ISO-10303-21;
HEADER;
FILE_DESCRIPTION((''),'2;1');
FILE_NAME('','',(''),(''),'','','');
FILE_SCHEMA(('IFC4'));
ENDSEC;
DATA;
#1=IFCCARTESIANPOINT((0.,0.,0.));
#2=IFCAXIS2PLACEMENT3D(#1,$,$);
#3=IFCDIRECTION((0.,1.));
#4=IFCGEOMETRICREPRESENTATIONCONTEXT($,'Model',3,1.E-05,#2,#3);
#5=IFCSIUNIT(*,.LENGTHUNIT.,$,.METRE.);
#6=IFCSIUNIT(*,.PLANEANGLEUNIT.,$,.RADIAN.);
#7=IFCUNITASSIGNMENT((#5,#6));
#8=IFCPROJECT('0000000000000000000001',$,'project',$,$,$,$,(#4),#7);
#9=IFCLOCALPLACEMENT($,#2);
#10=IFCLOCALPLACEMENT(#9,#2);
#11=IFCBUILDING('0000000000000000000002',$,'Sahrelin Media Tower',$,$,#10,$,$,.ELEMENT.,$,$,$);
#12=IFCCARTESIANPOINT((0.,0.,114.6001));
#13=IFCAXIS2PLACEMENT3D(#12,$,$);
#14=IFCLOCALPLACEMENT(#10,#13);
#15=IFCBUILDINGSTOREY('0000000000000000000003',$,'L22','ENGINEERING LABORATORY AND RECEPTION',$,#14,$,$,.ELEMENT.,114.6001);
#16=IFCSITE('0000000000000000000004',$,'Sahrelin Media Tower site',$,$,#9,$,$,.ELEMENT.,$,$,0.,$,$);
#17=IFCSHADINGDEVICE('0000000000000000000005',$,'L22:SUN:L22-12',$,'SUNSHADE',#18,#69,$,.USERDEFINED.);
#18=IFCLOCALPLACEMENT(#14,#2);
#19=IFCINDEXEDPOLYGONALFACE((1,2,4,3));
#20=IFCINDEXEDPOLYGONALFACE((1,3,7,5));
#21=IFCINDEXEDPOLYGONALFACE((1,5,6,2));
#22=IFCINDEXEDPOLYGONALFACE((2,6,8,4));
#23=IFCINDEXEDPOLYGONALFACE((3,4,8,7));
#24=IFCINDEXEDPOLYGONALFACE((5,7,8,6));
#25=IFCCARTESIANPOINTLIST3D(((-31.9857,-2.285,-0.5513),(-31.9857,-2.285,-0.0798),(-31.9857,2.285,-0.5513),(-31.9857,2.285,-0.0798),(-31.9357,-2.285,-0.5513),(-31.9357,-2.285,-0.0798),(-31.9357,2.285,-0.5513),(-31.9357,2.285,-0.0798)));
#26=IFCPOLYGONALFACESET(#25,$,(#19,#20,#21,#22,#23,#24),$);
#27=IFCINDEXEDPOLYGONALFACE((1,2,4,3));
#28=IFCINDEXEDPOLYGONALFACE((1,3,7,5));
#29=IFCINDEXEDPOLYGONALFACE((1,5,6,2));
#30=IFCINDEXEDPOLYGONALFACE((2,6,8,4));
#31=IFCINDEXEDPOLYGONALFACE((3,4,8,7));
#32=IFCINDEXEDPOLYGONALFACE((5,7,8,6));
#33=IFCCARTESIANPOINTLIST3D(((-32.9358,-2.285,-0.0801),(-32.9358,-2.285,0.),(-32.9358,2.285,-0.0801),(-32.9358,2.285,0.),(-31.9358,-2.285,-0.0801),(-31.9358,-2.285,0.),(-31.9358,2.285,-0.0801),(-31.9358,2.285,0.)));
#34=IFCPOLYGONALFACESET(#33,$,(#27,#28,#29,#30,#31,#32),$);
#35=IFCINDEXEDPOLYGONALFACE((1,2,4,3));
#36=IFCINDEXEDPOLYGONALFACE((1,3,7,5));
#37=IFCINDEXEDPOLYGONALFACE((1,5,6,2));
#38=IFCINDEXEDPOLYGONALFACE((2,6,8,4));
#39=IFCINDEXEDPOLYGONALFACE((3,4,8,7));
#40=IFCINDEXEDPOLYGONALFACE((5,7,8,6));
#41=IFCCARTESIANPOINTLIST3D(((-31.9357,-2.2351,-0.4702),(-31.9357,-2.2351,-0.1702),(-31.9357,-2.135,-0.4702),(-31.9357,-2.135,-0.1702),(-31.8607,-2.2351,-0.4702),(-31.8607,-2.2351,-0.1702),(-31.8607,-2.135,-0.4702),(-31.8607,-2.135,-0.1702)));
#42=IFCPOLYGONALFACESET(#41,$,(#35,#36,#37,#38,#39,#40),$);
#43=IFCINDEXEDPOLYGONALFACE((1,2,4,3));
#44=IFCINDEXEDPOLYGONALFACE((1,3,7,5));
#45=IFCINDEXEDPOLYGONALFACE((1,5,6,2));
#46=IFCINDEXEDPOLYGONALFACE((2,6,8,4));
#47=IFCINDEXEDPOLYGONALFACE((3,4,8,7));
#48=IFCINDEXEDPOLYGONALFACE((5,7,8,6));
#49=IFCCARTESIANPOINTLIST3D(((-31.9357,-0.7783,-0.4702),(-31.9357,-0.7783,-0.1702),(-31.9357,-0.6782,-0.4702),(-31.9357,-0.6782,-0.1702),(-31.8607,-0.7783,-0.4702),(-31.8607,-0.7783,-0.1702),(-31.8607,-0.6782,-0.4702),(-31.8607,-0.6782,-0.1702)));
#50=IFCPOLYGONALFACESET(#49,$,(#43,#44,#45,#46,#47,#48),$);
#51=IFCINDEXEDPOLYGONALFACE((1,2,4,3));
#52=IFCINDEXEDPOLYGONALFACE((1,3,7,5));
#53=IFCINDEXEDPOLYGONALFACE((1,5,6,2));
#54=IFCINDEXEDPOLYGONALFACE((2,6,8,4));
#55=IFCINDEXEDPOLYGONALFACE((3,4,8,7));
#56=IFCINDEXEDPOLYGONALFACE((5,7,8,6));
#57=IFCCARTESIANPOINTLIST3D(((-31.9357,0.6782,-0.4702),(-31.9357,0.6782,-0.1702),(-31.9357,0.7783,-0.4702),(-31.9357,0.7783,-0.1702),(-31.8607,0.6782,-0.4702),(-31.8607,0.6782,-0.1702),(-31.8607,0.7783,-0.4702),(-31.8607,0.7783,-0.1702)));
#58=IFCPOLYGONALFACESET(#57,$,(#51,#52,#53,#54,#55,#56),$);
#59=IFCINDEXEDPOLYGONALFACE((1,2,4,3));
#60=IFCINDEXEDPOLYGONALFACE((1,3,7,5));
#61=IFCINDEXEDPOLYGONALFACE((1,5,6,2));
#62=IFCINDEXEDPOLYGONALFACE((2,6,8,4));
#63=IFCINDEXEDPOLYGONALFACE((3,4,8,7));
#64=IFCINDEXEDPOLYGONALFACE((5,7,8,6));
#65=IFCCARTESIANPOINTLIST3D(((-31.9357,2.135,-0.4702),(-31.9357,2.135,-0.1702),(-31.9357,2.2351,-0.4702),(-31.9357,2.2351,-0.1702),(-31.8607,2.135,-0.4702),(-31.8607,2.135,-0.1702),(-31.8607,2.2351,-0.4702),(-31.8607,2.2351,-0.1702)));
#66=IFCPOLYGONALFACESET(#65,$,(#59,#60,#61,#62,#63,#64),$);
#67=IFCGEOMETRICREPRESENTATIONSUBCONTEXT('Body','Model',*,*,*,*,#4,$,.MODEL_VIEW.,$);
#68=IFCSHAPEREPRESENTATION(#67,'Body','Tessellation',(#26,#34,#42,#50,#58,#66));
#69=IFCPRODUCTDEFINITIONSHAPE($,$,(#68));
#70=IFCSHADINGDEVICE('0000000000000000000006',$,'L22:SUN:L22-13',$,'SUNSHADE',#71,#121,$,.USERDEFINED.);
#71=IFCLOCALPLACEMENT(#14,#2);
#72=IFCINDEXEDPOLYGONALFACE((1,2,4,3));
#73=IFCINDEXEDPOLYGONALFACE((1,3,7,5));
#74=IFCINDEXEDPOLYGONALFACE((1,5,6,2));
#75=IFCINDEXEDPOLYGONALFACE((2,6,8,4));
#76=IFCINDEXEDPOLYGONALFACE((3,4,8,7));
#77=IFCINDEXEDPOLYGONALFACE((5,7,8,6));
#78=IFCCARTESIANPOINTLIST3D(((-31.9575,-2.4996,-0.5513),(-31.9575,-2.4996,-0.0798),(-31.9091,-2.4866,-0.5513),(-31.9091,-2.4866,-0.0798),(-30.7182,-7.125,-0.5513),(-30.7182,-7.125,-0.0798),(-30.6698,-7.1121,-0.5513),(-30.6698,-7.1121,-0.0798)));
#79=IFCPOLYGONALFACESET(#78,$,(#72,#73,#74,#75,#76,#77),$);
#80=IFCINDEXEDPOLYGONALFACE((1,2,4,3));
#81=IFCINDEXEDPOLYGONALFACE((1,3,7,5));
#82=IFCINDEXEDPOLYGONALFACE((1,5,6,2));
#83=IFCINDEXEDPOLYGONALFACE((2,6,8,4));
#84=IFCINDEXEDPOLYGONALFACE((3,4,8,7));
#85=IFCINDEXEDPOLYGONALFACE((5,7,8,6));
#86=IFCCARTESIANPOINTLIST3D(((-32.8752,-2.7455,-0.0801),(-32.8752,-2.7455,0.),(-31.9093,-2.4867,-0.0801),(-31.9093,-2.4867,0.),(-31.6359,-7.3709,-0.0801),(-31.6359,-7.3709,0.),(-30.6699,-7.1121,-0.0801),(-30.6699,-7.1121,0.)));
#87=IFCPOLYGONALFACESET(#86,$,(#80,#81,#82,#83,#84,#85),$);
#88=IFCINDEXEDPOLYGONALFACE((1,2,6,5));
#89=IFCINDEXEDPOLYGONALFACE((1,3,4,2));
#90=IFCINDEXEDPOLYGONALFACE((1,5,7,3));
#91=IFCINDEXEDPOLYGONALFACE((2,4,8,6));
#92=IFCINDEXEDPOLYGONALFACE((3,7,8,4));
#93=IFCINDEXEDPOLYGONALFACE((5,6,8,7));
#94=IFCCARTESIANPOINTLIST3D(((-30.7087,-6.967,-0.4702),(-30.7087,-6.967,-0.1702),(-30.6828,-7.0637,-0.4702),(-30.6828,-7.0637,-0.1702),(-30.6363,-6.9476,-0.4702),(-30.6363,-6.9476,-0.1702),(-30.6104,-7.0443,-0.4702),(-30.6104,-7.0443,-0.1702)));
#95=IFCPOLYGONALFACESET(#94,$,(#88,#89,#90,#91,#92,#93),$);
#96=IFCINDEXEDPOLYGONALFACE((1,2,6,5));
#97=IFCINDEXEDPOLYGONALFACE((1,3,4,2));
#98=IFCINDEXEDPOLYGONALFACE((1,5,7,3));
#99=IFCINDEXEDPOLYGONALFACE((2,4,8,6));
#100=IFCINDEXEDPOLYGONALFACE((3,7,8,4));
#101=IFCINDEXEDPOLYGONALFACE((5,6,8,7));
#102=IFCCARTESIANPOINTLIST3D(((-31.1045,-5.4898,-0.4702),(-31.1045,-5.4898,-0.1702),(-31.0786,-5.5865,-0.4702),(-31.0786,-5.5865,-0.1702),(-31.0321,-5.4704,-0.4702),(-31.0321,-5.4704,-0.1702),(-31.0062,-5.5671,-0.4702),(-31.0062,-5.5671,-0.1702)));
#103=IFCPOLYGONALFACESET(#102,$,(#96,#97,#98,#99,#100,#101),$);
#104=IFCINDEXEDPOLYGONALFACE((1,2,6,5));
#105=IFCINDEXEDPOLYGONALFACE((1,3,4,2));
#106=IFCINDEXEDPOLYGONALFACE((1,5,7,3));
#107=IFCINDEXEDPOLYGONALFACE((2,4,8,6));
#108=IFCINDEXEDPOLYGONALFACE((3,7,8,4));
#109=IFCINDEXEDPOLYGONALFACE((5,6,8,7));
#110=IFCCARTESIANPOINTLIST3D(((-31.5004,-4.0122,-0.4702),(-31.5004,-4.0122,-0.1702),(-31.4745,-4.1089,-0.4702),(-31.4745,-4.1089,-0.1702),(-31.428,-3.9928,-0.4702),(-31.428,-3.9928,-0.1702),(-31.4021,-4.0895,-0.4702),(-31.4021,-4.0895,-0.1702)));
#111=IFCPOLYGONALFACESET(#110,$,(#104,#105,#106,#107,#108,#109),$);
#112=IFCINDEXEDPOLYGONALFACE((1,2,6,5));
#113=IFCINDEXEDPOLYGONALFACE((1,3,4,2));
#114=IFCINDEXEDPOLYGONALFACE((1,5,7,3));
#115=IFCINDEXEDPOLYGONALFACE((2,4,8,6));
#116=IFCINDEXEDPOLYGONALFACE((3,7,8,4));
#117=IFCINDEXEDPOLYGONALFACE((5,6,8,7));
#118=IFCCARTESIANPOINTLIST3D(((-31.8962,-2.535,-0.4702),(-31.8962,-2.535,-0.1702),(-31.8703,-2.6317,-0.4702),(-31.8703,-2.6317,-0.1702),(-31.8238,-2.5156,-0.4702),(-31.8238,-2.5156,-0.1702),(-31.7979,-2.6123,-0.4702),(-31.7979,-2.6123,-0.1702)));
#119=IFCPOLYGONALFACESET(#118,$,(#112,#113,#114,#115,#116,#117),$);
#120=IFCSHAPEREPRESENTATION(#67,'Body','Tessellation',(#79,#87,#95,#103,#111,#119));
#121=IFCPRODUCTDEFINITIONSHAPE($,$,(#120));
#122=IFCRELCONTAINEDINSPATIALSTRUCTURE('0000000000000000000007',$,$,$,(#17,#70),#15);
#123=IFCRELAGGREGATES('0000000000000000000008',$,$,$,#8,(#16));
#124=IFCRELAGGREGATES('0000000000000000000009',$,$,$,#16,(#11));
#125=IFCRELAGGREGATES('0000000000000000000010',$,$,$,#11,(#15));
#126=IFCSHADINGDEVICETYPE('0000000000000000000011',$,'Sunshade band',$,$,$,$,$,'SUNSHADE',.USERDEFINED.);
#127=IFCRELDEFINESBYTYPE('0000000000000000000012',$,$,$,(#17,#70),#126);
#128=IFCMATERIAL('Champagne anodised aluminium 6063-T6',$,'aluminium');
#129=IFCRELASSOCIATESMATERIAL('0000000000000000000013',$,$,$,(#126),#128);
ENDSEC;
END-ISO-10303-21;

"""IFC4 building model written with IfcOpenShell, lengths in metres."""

from ifc_helpers import new_model, si_unit, direction, frame, origin, origin_2d, place, context, subcontext, project, spatial, rectangle, extrude, material, type_object, element, save


model = new_model("IFC4")

# Units and contexts
model_context = context("Model", 3, precision=1e-05, world=origin(), true_north=direction((0.0, 1.0)))
body_context = subcontext(model_context, "Body", "Model", "MODEL_VIEW")
ifc_project = project(units=[si_unit("LENGTHUNIT", "METRE"), si_unit("PLANEANGLEUNIT", "RADIAN")], contexts=[model_context])

# Site, building, storey
site_placement = place(None, origin())
site = spatial("IfcSite", under=ifc_project, at=site_placement, Name="Sahrelin Media Tower site", CompositionType="ELEMENT", RefElevation=0.0)
building_placement = place(site_placement, origin())
building = spatial("IfcBuilding", under=site, at=building_placement, Name="Sahrelin Media Tower", CompositionType="ELEMENT")
storey_placement = place(building_placement, frame((0.0, 0.0, 114.6001)))
storey = spatial("IfcBuildingStorey", under=building, at=storey_placement, Name="L22", Description="ENGINEERING LABORATORY AND RECEPTION", CompositionType="ELEMENT", Elevation=114.6001)

# Shared definitions
ifc_material_1 = material(Name="Champagne anodised aluminium 6063-T6", Category="aluminium")

# Shading devices
placement_1 = place(storey_placement, frame((-31.9158, 0.0, 0.0), z_axis=(0.0, 0.0, 1.0), x_axis=(0.0, 1.0, 0.0)))
placement_2 = place(storey_placement, frame((-31.2703, -4.7942, 0.0), z_axis=(0.0, 0.0, 1.0), x_axis=(-0.258808, 0.965929, 0.0)))
shading_device_type_1 = type_object("IfcShadingDeviceType", Name="Sunshade band", ElementType="SUNSHADE", PredefinedType="USERDEFINED", material=ifc_material_1)
element("IfcShadingDevice", 1, at=placement_1, inside=storey, type_object=shading_device_type_1, Name="L22:SUN:L22-12", ObjectType="SUNSHADE", PredefinedType="USERDEFINED", context=body_context, shape_type="SweptSolid", body=[
    extrude(rectangle(XDim=4.5701, YDim=0.05, at=origin_2d()), frame((0.0, 0.0449, -0.5513)), (0.0, 0.0, 1.0), 0.4714),
    extrude(rectangle(XDim=4.5701, YDim=1.0, at=origin_2d()), frame((0.0, 0.52, -0.0801)), (0.0, 0.0, 1.0), 0.0801),
    extrude(rectangle(XDim=0.1001, YDim=0.075, at=origin_2d()), frame((-2.1851, -0.0176, -0.4702)), (0.0, 0.0, 1.0), 0.3),
    extrude(rectangle(XDim=0.1001, YDim=0.075, at=origin_2d()), frame((-0.7283, -0.0176, -0.4702)), (0.0, 0.0, 1.0), 0.3),
    extrude(rectangle(XDim=0.1001, YDim=0.075, at=origin_2d()), frame((0.7283, -0.0176, -0.4702)), (0.0, 0.0, 1.0), 0.3),
    extrude(rectangle(XDim=0.1001, YDim=0.075, at=origin_2d()), frame((2.1851, -0.0176, -0.4702)), (0.0, 0.0, 1.0), 0.3),
])
element("IfcShadingDevice", 2, at=placement_2, inside=storey, type_object=shading_device_type_1, Name="L22:SUN:L22-13", ObjectType="SUNSHADE", PredefinedType="USERDEFINED", context=body_context, shape_type="SweptSolid", body=[
    extrude(rectangle(XDim=4.7886, YDim=0.05, at=origin_2d()), frame((0.0, 0.0449, -0.5513)), (0.0, 0.0, 1.0), 0.4714),
    extrude(rectangle(XDim=4.7886, YDim=1.0, at=origin_2d()), frame((0.0, 0.52, -0.0801)), (0.0, 0.0, 1.0), 0.0801),
    extrude(rectangle(XDim=0.1001, YDim=0.075, at=origin_2d()), frame((-2.2942, -0.0176, -0.4702)), (0.0, 0.0, 1.0), 0.3),
    extrude(rectangle(XDim=0.1001, YDim=0.075, at=origin_2d()), frame((-0.7649, -0.0176, -0.4702)), (0.0, 0.0, 1.0), 0.3),
    extrude(rectangle(XDim=0.1001, YDim=0.075, at=origin_2d()), frame((0.7649, -0.0176, -0.4702)), (0.0, 0.0, 1.0), 0.3),
    extrude(rectangle(XDim=0.1001, YDim=0.075, at=origin_2d()), frame((2.2942, -0.0176, -0.4702)), (0.0, 0.0, 1.0), 0.3),
])

save(model, "model.ifc")
